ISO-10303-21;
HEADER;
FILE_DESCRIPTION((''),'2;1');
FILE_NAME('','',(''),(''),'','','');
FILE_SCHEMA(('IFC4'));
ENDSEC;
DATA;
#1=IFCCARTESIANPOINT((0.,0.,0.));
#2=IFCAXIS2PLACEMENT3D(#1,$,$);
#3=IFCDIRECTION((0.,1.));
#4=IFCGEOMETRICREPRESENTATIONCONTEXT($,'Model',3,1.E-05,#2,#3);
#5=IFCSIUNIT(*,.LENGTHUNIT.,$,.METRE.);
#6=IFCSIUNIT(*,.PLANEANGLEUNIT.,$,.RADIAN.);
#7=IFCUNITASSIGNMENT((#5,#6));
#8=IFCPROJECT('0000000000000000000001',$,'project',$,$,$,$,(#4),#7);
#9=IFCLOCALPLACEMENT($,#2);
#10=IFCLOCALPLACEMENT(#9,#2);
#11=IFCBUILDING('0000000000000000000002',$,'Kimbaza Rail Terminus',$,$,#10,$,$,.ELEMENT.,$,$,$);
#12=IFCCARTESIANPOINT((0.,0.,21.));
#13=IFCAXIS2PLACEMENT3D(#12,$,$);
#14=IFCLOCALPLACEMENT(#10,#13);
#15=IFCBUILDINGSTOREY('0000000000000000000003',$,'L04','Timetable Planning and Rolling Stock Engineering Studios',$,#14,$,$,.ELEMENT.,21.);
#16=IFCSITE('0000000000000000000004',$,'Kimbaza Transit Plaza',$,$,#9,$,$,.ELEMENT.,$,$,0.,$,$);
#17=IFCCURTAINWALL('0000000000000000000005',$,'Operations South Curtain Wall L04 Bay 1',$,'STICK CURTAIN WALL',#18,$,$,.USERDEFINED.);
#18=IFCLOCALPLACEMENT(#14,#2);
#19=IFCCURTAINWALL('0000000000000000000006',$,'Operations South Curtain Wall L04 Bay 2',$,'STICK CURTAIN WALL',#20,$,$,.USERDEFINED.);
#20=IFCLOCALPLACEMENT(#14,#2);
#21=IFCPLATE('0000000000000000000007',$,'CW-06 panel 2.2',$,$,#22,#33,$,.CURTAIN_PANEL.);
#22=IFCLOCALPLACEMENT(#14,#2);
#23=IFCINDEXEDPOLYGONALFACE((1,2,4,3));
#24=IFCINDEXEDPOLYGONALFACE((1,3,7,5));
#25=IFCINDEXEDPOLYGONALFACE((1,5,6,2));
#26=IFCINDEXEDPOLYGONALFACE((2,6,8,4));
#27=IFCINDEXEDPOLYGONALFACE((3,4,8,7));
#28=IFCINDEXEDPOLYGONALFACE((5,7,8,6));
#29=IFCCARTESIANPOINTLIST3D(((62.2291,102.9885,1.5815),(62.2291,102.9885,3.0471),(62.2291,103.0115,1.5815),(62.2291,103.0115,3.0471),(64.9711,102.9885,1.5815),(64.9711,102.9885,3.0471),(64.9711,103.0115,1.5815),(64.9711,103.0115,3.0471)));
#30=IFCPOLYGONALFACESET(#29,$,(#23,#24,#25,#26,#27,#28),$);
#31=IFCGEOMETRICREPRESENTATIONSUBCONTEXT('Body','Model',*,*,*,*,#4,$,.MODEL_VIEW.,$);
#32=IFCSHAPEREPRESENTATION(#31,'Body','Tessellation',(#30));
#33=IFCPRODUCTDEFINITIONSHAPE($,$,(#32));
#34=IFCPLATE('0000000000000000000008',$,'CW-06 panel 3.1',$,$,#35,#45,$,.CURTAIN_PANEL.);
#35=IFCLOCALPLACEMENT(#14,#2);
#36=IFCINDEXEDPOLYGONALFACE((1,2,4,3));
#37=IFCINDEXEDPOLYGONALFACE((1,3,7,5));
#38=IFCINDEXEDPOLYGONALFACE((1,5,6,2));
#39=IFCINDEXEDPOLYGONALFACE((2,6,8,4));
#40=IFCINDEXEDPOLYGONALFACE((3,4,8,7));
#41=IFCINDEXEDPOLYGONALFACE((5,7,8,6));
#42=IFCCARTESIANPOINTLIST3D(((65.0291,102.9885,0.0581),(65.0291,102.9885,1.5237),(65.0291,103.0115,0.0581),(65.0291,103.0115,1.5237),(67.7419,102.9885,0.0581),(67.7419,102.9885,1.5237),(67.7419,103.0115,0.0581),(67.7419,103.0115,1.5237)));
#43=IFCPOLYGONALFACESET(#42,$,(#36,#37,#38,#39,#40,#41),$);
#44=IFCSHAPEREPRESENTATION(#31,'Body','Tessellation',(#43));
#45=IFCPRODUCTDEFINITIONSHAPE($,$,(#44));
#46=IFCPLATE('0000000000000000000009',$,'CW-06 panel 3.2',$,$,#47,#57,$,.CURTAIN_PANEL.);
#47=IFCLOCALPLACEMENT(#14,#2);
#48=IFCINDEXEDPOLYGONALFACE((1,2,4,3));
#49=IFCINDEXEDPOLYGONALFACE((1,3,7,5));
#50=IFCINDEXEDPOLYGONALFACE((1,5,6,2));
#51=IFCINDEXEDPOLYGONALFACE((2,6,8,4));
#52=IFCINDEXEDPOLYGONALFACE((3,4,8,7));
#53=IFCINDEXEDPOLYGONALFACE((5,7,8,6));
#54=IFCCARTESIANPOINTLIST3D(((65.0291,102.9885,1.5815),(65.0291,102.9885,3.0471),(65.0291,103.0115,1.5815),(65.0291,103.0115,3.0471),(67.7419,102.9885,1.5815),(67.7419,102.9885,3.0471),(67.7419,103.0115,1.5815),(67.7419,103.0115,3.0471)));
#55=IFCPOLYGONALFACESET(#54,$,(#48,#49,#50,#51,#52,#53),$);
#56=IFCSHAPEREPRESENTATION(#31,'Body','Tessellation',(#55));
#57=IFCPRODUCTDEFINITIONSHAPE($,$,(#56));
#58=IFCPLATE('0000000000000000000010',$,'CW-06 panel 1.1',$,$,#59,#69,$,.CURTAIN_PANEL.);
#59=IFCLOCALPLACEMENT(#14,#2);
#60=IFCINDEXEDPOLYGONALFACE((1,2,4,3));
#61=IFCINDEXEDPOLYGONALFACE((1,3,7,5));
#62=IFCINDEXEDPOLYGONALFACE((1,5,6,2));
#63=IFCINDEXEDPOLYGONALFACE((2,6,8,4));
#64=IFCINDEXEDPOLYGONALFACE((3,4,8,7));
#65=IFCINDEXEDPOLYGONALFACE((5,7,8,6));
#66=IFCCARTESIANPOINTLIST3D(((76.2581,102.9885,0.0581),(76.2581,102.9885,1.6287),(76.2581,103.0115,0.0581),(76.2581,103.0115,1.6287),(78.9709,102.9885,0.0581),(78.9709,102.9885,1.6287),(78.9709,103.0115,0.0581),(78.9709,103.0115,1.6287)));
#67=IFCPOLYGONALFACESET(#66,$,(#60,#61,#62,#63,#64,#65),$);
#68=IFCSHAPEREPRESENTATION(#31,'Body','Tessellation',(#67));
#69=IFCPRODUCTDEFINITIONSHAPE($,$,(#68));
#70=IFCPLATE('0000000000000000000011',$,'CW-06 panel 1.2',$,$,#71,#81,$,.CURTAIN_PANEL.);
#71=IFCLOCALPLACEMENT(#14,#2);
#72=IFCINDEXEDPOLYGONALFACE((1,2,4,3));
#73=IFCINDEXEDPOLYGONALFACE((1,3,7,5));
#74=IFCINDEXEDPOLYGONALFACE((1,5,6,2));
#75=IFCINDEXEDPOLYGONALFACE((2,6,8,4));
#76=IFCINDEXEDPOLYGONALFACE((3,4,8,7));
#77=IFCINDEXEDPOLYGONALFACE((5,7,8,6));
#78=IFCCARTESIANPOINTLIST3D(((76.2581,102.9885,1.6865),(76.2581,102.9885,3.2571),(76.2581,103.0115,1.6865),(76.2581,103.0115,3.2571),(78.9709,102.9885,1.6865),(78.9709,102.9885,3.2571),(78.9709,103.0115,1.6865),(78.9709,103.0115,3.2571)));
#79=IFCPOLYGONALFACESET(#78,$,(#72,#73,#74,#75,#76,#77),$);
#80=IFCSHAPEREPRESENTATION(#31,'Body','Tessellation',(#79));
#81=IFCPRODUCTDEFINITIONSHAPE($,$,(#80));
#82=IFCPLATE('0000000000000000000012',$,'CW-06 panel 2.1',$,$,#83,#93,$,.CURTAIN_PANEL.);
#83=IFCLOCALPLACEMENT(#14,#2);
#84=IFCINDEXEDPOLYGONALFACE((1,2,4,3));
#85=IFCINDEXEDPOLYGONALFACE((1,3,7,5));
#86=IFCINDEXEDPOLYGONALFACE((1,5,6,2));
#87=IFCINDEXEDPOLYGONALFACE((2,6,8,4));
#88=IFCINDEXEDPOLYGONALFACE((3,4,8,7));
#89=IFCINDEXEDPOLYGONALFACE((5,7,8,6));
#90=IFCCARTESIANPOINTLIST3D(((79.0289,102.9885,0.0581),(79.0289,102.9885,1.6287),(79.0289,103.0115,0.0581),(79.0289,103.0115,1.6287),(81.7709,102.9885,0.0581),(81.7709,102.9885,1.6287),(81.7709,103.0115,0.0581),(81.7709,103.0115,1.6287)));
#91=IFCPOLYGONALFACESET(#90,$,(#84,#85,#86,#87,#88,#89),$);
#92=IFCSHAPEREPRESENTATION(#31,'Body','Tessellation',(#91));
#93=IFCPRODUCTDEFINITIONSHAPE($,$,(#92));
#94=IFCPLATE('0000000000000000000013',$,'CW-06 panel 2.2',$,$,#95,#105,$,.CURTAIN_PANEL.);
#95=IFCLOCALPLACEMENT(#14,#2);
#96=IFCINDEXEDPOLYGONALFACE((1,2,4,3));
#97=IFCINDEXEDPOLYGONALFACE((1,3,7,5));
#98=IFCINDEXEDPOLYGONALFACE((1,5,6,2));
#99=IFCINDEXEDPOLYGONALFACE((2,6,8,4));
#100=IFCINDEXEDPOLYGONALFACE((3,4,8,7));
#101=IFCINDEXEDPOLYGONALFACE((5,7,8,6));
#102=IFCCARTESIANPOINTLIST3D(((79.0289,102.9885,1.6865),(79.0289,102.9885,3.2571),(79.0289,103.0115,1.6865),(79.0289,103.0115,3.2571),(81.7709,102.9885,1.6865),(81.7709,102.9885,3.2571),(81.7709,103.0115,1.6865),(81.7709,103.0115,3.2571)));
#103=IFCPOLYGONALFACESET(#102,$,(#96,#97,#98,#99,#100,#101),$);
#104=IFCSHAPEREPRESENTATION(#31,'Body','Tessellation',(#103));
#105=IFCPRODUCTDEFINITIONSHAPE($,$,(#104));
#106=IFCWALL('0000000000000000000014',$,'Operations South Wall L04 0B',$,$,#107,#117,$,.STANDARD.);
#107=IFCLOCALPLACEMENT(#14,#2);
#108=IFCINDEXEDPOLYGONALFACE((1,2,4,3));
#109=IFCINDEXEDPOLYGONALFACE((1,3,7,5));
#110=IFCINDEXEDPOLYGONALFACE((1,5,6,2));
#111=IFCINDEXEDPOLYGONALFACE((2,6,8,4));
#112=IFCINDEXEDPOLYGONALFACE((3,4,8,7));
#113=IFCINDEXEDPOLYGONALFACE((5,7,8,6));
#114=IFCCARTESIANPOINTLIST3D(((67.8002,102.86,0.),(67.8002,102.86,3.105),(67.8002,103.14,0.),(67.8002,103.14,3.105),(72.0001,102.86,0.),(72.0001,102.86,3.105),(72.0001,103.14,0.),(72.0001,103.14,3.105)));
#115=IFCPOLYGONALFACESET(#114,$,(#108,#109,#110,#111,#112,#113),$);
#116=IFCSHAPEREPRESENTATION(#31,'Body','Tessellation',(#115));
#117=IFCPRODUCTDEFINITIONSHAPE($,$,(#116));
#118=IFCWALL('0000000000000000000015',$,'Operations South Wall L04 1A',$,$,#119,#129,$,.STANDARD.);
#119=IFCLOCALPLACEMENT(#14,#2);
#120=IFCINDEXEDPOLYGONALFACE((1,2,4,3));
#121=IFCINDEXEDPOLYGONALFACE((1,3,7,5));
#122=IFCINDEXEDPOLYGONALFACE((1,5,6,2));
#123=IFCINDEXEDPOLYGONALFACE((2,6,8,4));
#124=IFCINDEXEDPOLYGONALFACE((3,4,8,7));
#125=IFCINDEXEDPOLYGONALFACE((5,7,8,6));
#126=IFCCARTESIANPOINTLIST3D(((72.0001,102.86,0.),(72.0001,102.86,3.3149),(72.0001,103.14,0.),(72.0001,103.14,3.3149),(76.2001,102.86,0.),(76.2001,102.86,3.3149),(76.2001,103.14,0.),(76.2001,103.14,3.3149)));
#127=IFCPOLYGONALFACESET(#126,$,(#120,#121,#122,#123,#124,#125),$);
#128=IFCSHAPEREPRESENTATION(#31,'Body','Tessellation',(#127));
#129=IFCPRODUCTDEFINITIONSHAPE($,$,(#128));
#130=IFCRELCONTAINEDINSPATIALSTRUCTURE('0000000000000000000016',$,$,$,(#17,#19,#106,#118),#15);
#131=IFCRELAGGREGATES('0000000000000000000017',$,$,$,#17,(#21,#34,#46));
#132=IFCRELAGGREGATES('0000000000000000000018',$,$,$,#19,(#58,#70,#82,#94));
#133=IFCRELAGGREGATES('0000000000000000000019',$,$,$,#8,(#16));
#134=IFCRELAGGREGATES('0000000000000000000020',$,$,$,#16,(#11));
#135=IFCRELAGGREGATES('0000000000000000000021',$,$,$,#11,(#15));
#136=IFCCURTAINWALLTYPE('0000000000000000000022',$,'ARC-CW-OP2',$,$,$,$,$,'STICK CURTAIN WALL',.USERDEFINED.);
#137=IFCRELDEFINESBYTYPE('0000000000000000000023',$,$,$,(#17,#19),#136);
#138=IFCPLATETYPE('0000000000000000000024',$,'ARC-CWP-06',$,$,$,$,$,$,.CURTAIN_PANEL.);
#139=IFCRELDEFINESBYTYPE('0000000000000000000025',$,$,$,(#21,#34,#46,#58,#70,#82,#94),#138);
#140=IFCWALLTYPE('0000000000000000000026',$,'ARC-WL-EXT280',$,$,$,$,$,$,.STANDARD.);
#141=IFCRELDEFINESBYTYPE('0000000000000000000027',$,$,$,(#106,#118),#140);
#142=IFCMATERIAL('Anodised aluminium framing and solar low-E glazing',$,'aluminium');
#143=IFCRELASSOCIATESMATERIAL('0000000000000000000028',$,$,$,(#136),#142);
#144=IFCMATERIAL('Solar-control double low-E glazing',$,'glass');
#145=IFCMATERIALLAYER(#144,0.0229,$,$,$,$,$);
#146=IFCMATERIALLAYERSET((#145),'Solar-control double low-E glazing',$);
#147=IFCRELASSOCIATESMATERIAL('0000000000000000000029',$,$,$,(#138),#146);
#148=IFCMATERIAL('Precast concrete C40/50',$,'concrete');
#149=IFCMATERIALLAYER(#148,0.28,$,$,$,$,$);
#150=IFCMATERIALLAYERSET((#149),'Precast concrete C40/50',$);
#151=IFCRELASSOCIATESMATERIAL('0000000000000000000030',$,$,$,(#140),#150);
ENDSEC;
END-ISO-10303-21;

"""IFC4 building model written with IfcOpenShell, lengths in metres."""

from ifc_helpers import new_model, si_unit, direction, frame, frame_2d, origin, origin_2d, place, context, subcontext, project, spatial, rectangle, extrude, material, layer, layer_set, type_object, element, aggregate, save


model = new_model("IFC4")

# Units and contexts
model_context = context("Model", 3, precision=1e-05, world=origin(), true_north=direction((0.0, 1.0)))
body_context = subcontext(model_context, "Body", "Model", "MODEL_VIEW")
ifc_project = project(units=[si_unit("LENGTHUNIT", "METRE"), si_unit("PLANEANGLEUNIT", "RADIAN")], contexts=[model_context])

# Site, building, storey
site_placement = place(None, origin())
site = spatial("IfcSite", under=ifc_project, at=site_placement, Name="Kimbaza Transit Plaza", CompositionType="ELEMENT", RefElevation=0.0)
building_placement = place(site_placement, origin())
building = spatial("IfcBuilding", under=site, at=building_placement, Name="Kimbaza Rail Terminus", CompositionType="ELEMENT")
storey_placement = place(building_placement, frame((0.0, 0.0, 21.0)))
storey = spatial("IfcBuildingStorey", under=building, at=storey_placement, Name="L04", Description="Timetable Planning and Rolling Stock Engineering Studios", CompositionType="ELEMENT", Elevation=21.0)

# Curtain walls
ifc_material_1 = material(Name="Anodised aluminium framing and solar low-E glazing", Category="aluminium")
curtain_wall_type = type_object("IfcCurtainWallType", Name="ARC-CW-OP2", ElementType="STICK CURTAIN WALL", PredefinedType="USERDEFINED", material=ifc_material_1)
curtain_wall_1_placement = place(storey_placement, origin())
curtain_wall_1 = element("IfcCurtainWall", 1, at=curtain_wall_1_placement, inside=storey, type_object=curtain_wall_type, Name="Operations South Curtain Wall L04 Bay 1", ObjectType="STICK CURTAIN WALL", PredefinedType="USERDEFINED")
curtain_wall_2_placement = place(storey_placement, origin())
curtain_wall_2 = element("IfcCurtainWall", 2, at=curtain_wall_2_placement, inside=storey, type_object=curtain_wall_type, Name="Operations South Curtain Wall L04 Bay 2", ObjectType="STICK CURTAIN WALL", PredefinedType="USERDEFINED")

# Plates
ifc_material_2 = material(Name="Solar-control double low-E glazing", Category="glass")
ifc_layer_1 = layer(ifc_material_2, 0.0229)
ifc_layer_set_1 = layer_set([ifc_layer_1], Name="Solar-control double low-E glazing")
plate_type = type_object("IfcPlateType", Name="ARC-CWP-06", PredefinedType="CURTAIN_PANEL", material=ifc_layer_set_1)
plate_1_placement = place(storey_placement, frame((63.6001, 103.0, 1.5815), z_axis=(0.0, 0.0, 1.0), x_axis=(1.0, 0.0, 0.0)))
plate_1 = element("IfcPlate", 3, at=plate_1_placement, type_object=plate_type, Name="CW-06 panel 2.2", PredefinedType="CURTAIN_PANEL", context=body_context, shape_type="SweptSolid", body=[
    extrude(rectangle(XDim=2.7419, YDim=0.0229, at=origin_2d()), origin(), (0.0, 0.0, 1.0), 1.4656),
])
plate_2_placement = place(storey_placement, frame((66.3855, 103.0, 0.0581), z_axis=(0.0, 0.0, 1.0), x_axis=(1.0, 0.0, 0.0)))
plate_2 = element("IfcPlate", 4, at=plate_2_placement, type_object=plate_type, Name="CW-06 panel 3.1", PredefinedType="CURTAIN_PANEL", context=body_context, shape_type="SweptSolid", body=[
    extrude(rectangle(XDim=2.7129, YDim=0.0229, at=origin_2d()), origin(), (0.0, 0.0, 1.0), 1.4656),
])
plate_3_placement = place(storey_placement, frame((66.3855, 103.0, 1.5815), z_axis=(0.0, 0.0, 1.0), x_axis=(1.0, 0.0, 0.0)))
plate_3 = element("IfcPlate", 5, at=plate_3_placement, type_object=plate_type, Name="CW-06 panel 3.2", PredefinedType="CURTAIN_PANEL", context=body_context, shape_type="SweptSolid", body=[
    extrude(rectangle(XDim=2.7129, YDim=0.0229, at=origin_2d()), origin(), (0.0, 0.0, 1.0), 1.4656),
])
aggregate(curtain_wall_1, [plate_1, plate_2, plate_3])
plate_4_placement = place(storey_placement, frame((77.6145, 103.0, 0.0581), z_axis=(0.0, 0.0, 1.0), x_axis=(1.0, 0.0, 0.0)))
plate_4 = element("IfcPlate", 6, at=plate_4_placement, type_object=plate_type, Name="CW-06 panel 1.1", PredefinedType="CURTAIN_PANEL", context=body_context, shape_type="SweptSolid", body=[
    extrude(rectangle(XDim=2.7129, YDim=0.0229, at=origin_2d()), origin(), (0.0, 0.0, 1.0), 1.5706),
])
plate_5_placement = place(storey_placement, frame((77.6145, 103.0, 1.6865), z_axis=(0.0, 0.0, 1.0), x_axis=(1.0, 0.0, 0.0)))
plate_5 = element("IfcPlate", 7, at=plate_5_placement, type_object=plate_type, Name="CW-06 panel 1.2", PredefinedType="CURTAIN_PANEL", context=body_context, shape_type="SweptSolid", body=[
    extrude(rectangle(XDim=2.7129, YDim=0.0229, at=origin_2d()), origin(), (0.0, 0.0, 1.0), 1.5706),
])
plate_6_placement = place(storey_placement, frame((80.3999, 103.0, 0.0581), z_axis=(0.0, 0.0, 1.0), x_axis=(1.0, 0.0, 0.0)))
plate_6 = element("IfcPlate", 8, at=plate_6_placement, type_object=plate_type, Name="CW-06 panel 2.1", PredefinedType="CURTAIN_PANEL", context=body_context, shape_type="SweptSolid", body=[
    extrude(rectangle(XDim=2.7419, YDim=0.0229, at=origin_2d()), origin(), (0.0, 0.0, 1.0), 1.5706),
])
plate_7_placement = place(storey_placement, frame((80.3999, 103.0, 1.6865), z_axis=(0.0, 0.0, 1.0), x_axis=(1.0, 0.0, 0.0)))
plate_7 = element("IfcPlate", 9, at=plate_7_placement, type_object=plate_type, Name="CW-06 panel 2.2", PredefinedType="CURTAIN_PANEL", context=body_context, shape_type="SweptSolid", body=[
    extrude(rectangle(XDim=2.7419, YDim=0.0229, at=origin_2d()), origin(), (0.0, 0.0, 1.0), 1.5706),
])
aggregate(curtain_wall_2, [plate_4, plate_5, plate_6, plate_7])

# Walls
ifc_material_3 = material(Name="Precast concrete C40/50", Category="concrete")
ifc_layer_2 = layer(ifc_material_3, 0.28)
ifc_layer_set_2 = layer_set([ifc_layer_2], Name="Precast concrete C40/50")
wall_type = type_object("IfcWallType", Name="ARC-WL-EXT280", PredefinedType="STANDARD", material=ifc_layer_set_2)
wall_1_placement = place(storey_placement, frame((67.8, 103.0, 0.0), z_axis=(0.0, 0.0, 1.0), x_axis=(1.0, 0.0, 0.0)))
element("IfcWall", 10, at=wall_1_placement, inside=storey, type_object=wall_type, Name="Operations South Wall L04 0B", PredefinedType="STANDARD", context=body_context, shape_type="SweptSolid", body=[
    extrude(rectangle(XDim=4.2, YDim=0.28, at=frame_2d((2.1001, 0.0))), origin(), (0.0, 0.0, 1.0), 3.105),
])
wall_2_placement = place(storey_placement, frame((72.0, 103.0, 0.0), z_axis=(0.0, 0.0, 1.0), x_axis=(1.0, 0.0, 0.0)))
element("IfcWall", 11, at=wall_2_placement, inside=storey, type_object=wall_type, Name="Operations South Wall L04 1A", PredefinedType="STANDARD", context=body_context, shape_type="SweptSolid", body=[
    extrude(rectangle(XDim=4.2, YDim=0.28, at=frame_2d((2.1001, 0.0))), origin(), (0.0, 0.0, 1.0), 3.3149),
])

save(model, "model.ifc")
